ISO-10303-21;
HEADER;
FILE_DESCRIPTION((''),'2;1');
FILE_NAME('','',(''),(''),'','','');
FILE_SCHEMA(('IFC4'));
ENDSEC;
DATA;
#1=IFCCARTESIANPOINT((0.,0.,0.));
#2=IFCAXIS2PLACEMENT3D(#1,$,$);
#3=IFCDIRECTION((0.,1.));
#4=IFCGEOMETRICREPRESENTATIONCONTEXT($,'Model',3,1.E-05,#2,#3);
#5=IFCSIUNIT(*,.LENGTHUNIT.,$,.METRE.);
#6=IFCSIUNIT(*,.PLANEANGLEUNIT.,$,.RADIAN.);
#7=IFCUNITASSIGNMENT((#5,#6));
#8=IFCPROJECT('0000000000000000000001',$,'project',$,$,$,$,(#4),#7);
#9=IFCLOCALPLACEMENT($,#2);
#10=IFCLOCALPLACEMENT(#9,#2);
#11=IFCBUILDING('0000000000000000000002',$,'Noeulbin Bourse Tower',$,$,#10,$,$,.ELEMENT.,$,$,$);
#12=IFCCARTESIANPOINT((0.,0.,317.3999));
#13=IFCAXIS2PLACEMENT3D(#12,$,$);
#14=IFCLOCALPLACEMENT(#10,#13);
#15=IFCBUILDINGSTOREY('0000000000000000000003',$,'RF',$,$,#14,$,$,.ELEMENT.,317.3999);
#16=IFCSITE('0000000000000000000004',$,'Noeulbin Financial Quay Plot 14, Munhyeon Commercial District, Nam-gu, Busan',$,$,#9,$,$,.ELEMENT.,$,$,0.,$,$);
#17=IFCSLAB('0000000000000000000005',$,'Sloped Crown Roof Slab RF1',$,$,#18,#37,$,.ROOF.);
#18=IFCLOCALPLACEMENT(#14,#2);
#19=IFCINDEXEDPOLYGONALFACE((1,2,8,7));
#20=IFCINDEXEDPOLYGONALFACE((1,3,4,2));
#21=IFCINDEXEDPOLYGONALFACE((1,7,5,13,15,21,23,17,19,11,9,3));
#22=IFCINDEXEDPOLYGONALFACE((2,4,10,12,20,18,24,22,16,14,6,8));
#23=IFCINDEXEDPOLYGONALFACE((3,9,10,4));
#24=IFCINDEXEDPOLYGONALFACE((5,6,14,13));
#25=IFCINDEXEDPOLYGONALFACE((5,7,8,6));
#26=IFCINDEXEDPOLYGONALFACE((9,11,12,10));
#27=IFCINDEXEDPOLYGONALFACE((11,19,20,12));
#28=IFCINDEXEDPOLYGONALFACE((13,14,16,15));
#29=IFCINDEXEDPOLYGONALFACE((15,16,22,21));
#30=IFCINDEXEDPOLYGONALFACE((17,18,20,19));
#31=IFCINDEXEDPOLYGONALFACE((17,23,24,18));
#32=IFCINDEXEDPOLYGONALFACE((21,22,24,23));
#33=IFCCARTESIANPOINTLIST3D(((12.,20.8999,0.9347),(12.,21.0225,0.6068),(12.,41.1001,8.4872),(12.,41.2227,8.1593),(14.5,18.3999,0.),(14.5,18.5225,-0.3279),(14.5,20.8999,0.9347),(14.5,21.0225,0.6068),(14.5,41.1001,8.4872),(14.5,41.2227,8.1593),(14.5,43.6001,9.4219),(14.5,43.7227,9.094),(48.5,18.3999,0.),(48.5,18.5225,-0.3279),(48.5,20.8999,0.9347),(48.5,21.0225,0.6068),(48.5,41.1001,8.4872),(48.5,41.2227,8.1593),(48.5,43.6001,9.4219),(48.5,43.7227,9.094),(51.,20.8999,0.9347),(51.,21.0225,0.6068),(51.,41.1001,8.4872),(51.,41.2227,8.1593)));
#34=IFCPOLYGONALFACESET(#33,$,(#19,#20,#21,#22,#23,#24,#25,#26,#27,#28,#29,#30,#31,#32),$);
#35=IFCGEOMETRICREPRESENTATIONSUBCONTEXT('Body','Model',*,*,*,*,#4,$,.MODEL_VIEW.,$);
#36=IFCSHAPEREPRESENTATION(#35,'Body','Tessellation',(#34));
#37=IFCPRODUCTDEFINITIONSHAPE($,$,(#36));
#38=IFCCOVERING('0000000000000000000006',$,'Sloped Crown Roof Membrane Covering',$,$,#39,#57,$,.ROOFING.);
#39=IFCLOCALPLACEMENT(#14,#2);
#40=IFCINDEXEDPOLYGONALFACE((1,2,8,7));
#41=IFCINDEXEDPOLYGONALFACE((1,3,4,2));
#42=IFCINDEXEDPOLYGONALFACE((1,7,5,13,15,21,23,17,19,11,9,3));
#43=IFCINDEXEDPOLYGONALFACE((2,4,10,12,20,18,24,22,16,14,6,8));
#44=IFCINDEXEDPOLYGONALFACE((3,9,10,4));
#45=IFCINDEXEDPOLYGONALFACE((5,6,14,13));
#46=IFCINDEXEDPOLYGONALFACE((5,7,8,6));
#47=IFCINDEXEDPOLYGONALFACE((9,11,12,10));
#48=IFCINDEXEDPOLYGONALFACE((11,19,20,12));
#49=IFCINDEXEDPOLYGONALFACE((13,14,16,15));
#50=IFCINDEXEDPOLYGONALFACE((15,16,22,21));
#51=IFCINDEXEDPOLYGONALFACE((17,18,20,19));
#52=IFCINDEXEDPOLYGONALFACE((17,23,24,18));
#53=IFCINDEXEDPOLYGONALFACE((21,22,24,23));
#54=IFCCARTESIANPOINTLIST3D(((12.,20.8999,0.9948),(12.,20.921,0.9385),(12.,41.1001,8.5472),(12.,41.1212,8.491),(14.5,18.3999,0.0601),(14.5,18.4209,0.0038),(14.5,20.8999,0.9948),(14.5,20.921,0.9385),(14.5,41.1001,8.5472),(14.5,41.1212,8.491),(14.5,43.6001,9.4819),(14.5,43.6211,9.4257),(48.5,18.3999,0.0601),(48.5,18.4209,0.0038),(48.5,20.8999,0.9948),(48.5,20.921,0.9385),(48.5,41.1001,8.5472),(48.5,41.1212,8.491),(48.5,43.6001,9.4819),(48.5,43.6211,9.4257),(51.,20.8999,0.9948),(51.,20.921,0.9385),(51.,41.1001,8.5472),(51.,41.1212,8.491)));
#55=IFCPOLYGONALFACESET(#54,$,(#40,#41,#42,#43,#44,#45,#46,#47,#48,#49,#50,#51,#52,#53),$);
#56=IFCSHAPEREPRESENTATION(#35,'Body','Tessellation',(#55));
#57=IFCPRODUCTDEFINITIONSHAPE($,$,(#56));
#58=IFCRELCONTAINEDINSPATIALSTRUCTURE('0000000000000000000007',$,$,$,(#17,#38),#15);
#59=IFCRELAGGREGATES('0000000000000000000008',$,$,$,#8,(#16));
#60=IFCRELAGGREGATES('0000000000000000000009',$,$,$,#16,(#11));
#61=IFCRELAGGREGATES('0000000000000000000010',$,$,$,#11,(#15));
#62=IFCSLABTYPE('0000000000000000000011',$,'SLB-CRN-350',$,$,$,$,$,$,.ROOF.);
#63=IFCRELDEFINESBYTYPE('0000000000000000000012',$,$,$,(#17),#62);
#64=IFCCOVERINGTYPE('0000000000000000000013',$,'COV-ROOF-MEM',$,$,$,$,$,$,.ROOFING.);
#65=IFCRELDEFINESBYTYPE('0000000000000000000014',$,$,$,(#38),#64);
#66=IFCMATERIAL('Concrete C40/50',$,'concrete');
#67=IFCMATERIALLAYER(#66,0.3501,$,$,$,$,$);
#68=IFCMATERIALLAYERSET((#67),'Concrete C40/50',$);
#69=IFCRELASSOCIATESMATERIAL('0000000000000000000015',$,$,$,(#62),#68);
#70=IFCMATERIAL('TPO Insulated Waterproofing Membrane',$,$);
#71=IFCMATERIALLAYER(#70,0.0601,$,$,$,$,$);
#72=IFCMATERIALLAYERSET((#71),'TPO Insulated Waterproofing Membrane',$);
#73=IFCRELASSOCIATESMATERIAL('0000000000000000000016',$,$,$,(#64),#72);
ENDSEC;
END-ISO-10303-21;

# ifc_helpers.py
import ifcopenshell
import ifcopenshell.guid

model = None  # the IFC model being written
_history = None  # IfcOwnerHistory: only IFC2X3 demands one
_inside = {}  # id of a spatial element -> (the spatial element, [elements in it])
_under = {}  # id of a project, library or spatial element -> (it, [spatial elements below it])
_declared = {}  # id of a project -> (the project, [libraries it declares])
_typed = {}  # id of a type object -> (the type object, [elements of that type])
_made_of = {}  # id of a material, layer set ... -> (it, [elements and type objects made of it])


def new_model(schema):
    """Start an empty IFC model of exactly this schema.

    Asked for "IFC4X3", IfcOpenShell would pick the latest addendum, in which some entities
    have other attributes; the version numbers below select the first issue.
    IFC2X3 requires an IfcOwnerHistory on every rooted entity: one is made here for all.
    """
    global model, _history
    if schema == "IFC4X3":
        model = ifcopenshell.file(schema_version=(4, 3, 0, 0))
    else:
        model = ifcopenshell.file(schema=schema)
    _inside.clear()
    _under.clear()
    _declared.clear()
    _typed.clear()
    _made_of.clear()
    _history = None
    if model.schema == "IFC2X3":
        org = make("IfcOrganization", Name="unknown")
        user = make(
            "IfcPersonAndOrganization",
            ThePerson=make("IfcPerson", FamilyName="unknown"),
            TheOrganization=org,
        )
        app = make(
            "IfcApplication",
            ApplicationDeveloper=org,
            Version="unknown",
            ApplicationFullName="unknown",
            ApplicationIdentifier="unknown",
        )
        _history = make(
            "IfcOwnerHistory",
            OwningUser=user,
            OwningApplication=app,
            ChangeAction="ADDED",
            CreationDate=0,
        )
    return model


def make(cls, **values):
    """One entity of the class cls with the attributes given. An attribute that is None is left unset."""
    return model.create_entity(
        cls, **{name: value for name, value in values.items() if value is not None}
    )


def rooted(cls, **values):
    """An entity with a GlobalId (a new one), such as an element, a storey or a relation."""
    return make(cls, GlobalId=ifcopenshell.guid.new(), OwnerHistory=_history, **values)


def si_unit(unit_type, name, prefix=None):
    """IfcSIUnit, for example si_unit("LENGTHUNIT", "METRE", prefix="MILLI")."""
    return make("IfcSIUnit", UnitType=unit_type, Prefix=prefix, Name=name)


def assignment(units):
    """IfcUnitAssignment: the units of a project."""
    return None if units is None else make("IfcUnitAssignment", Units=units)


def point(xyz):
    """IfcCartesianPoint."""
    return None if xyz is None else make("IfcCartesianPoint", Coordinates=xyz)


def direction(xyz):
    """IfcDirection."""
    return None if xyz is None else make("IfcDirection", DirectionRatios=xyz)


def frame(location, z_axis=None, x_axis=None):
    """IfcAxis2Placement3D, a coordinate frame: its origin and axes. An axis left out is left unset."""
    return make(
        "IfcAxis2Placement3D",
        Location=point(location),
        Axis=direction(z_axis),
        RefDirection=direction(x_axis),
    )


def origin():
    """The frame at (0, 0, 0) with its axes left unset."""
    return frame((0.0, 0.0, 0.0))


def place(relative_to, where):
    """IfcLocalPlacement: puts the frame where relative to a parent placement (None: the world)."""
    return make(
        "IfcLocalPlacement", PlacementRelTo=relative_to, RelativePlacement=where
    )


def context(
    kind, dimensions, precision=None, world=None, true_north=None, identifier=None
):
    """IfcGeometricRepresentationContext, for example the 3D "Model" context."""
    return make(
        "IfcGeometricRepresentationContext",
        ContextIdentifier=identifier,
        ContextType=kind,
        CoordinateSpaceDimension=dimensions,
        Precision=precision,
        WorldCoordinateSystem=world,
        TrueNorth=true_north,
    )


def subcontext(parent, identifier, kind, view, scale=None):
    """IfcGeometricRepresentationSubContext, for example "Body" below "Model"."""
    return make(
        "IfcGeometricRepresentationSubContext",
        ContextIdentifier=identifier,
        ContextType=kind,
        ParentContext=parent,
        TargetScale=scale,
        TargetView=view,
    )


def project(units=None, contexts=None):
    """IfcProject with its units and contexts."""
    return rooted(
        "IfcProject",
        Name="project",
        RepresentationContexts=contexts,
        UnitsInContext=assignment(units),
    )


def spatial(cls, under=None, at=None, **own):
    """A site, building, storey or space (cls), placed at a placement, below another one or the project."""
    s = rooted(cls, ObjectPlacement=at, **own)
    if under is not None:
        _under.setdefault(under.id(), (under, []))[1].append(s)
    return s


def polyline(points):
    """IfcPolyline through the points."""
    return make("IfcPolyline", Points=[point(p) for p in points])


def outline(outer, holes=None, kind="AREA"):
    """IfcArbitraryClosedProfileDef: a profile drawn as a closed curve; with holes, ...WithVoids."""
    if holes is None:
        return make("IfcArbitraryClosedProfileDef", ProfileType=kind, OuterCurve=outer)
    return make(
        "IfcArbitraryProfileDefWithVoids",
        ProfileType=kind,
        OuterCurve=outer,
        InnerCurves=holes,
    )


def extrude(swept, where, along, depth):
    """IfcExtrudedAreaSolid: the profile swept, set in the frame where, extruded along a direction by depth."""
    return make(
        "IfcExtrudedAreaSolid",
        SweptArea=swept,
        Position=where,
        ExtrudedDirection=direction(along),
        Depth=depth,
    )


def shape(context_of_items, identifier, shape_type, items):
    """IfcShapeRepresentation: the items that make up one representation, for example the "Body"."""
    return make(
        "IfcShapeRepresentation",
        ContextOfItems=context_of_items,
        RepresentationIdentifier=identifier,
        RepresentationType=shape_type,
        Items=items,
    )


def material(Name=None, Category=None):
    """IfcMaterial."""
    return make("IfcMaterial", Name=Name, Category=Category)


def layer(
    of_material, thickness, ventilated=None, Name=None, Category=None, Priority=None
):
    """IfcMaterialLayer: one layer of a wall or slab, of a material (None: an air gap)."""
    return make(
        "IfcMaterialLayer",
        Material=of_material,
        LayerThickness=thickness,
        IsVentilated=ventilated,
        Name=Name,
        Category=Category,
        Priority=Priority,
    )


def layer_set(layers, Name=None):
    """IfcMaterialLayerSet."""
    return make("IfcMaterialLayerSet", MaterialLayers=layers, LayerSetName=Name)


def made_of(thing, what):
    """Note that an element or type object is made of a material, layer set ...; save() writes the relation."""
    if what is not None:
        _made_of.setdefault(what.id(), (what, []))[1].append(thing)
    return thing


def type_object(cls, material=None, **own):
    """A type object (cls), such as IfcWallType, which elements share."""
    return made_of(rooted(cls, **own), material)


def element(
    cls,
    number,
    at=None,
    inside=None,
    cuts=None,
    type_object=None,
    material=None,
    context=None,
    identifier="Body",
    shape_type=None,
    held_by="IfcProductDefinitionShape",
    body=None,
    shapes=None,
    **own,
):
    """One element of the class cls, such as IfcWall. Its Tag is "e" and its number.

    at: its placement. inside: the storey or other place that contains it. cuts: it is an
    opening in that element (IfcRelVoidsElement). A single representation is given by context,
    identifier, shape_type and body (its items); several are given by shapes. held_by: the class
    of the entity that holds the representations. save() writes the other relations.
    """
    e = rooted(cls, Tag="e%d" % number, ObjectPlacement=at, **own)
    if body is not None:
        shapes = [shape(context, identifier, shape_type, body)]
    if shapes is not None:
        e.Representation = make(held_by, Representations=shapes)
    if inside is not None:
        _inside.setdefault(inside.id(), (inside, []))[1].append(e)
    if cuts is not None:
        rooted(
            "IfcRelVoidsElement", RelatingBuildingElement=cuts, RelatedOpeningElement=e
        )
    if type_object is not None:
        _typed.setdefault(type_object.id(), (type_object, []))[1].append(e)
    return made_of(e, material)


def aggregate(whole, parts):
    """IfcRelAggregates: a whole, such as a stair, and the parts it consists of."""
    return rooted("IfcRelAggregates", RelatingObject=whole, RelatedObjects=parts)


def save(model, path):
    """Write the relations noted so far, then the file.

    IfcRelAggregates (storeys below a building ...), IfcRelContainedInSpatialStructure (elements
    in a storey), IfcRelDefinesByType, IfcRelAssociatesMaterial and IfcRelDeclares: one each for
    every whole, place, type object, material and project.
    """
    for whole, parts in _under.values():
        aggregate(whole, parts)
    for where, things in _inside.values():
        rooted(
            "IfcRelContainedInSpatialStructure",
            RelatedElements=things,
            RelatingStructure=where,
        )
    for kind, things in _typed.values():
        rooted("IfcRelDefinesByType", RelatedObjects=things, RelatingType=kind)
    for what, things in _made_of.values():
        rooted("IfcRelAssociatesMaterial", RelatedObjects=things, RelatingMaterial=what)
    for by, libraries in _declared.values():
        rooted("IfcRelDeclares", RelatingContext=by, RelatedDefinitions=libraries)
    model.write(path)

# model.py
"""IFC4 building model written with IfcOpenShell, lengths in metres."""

from ifc_helpers import new_model, si_unit, direction, frame, origin, place, context, subcontext, project, spatial, polyline, outline, extrude, material, layer, layer_set, type_object, element, save


model = new_model("IFC4")

# Units and contexts
model_context = context("Model", 3, precision=1e-05, world=origin(), true_north=direction((0.0, 1.0)))
body_context = subcontext(model_context, "Body", "Model", "MODEL_VIEW")
ifc_project = project(units=[si_unit("LENGTHUNIT", "METRE"), si_unit("PLANEANGLEUNIT", "RADIAN")], contexts=[model_context])

# Site, building, storey
site_placement = place(None, origin())
site = spatial("IfcSite", under=ifc_project, at=site_placement, Name="Noeulbin Financial Quay Plot 14, Munhyeon Commercial District, Nam-gu, Busan", CompositionType="ELEMENT", RefElevation=0.0)
building_placement = place(site_placement, origin())
building = spatial("IfcBuilding", under=site, at=building_placement, Name="Noeulbin Bourse Tower", CompositionType="ELEMENT")
storey_placement = place(building_placement, frame((0.0, 0.0, 317.3999)))
storey = spatial("IfcBuildingStorey", under=building, at=storey_placement, Name="RF", CompositionType="ELEMENT", Elevation=317.3999)

# Slab
ifc_material_1 = material(Name="Concrete C40/50", Category="concrete")
ifc_layer_1 = layer(ifc_material_1, 0.3501)
ifc_layer_set_1 = layer_set([ifc_layer_1], Name="Concrete C40/50")
slab_type = type_object("IfcSlabType", Name="SLB-CRN-350", PredefinedType="ROOF", material=ifc_layer_set_1)
slab_placement = place(storey_placement, frame((14.5, 18.3999, 0.0), z_axis=(0.0, -0.350204, 0.936673), x_axis=(1.0, 0.0, 0.0)))
element("IfcSlab", 1, at=slab_placement, inside=storey, type_object=slab_type, Name="Sloped Crown Roof Slab RF1", PredefinedType="ROOF", context=body_context, shape_type="SweptSolid", body=[
    extrude(outline(polyline([(0.0, 0.0), (34.0, 0.0), (34.0, 2.6691), (36.5, 2.6691), (36.5, 24.235), (34.0, 24.235), (34.0, 26.9039), (0.0, 26.9039), (0.0, 24.235), (-2.5, 24.235), (-2.5, 2.6691), (0.0, 2.6691), (0.0, 0.0)])), origin(), (0.0, 0.0, -1.0), 0.3501),
])

# Covering
ifc_material_2 = material(Name="TPO Insulated Waterproofing Membrane")
ifc_layer_2 = layer(ifc_material_2, 0.0601)
ifc_layer_set_2 = layer_set([ifc_layer_2], Name="TPO Insulated Waterproofing Membrane")
covering_type = type_object("IfcCoveringType", Name="COV-ROOF-MEM", PredefinedType="ROOFING", material=ifc_layer_set_2)
covering_placement = place(storey_placement, frame((14.5, 18.3999, 0.0601), z_axis=(0.0, -0.350204, 0.936673), x_axis=(1.0, 0.0, 0.0)))
element("IfcCovering", 2, at=covering_placement, inside=storey, type_object=covering_type, Name="Sloped Crown Roof Membrane Covering", PredefinedType="ROOFING", context=body_context, shape_type="SweptSolid", body=[
    extrude(outline(polyline([(0.0, 0.0), (34.0, 0.0), (34.0, 2.6691), (36.5, 2.6691), (36.5, 24.235), (34.0, 24.235), (34.0, 26.9039), (0.0, 26.9039), (0.0, 24.235), (-2.5, 24.235), (-2.5, 2.6691), (0.0, 2.6691), (0.0, 0.0)])), origin(), (0.0, 0.0, -1.0), 0.0601),
])

save(model, "model.ifc")
